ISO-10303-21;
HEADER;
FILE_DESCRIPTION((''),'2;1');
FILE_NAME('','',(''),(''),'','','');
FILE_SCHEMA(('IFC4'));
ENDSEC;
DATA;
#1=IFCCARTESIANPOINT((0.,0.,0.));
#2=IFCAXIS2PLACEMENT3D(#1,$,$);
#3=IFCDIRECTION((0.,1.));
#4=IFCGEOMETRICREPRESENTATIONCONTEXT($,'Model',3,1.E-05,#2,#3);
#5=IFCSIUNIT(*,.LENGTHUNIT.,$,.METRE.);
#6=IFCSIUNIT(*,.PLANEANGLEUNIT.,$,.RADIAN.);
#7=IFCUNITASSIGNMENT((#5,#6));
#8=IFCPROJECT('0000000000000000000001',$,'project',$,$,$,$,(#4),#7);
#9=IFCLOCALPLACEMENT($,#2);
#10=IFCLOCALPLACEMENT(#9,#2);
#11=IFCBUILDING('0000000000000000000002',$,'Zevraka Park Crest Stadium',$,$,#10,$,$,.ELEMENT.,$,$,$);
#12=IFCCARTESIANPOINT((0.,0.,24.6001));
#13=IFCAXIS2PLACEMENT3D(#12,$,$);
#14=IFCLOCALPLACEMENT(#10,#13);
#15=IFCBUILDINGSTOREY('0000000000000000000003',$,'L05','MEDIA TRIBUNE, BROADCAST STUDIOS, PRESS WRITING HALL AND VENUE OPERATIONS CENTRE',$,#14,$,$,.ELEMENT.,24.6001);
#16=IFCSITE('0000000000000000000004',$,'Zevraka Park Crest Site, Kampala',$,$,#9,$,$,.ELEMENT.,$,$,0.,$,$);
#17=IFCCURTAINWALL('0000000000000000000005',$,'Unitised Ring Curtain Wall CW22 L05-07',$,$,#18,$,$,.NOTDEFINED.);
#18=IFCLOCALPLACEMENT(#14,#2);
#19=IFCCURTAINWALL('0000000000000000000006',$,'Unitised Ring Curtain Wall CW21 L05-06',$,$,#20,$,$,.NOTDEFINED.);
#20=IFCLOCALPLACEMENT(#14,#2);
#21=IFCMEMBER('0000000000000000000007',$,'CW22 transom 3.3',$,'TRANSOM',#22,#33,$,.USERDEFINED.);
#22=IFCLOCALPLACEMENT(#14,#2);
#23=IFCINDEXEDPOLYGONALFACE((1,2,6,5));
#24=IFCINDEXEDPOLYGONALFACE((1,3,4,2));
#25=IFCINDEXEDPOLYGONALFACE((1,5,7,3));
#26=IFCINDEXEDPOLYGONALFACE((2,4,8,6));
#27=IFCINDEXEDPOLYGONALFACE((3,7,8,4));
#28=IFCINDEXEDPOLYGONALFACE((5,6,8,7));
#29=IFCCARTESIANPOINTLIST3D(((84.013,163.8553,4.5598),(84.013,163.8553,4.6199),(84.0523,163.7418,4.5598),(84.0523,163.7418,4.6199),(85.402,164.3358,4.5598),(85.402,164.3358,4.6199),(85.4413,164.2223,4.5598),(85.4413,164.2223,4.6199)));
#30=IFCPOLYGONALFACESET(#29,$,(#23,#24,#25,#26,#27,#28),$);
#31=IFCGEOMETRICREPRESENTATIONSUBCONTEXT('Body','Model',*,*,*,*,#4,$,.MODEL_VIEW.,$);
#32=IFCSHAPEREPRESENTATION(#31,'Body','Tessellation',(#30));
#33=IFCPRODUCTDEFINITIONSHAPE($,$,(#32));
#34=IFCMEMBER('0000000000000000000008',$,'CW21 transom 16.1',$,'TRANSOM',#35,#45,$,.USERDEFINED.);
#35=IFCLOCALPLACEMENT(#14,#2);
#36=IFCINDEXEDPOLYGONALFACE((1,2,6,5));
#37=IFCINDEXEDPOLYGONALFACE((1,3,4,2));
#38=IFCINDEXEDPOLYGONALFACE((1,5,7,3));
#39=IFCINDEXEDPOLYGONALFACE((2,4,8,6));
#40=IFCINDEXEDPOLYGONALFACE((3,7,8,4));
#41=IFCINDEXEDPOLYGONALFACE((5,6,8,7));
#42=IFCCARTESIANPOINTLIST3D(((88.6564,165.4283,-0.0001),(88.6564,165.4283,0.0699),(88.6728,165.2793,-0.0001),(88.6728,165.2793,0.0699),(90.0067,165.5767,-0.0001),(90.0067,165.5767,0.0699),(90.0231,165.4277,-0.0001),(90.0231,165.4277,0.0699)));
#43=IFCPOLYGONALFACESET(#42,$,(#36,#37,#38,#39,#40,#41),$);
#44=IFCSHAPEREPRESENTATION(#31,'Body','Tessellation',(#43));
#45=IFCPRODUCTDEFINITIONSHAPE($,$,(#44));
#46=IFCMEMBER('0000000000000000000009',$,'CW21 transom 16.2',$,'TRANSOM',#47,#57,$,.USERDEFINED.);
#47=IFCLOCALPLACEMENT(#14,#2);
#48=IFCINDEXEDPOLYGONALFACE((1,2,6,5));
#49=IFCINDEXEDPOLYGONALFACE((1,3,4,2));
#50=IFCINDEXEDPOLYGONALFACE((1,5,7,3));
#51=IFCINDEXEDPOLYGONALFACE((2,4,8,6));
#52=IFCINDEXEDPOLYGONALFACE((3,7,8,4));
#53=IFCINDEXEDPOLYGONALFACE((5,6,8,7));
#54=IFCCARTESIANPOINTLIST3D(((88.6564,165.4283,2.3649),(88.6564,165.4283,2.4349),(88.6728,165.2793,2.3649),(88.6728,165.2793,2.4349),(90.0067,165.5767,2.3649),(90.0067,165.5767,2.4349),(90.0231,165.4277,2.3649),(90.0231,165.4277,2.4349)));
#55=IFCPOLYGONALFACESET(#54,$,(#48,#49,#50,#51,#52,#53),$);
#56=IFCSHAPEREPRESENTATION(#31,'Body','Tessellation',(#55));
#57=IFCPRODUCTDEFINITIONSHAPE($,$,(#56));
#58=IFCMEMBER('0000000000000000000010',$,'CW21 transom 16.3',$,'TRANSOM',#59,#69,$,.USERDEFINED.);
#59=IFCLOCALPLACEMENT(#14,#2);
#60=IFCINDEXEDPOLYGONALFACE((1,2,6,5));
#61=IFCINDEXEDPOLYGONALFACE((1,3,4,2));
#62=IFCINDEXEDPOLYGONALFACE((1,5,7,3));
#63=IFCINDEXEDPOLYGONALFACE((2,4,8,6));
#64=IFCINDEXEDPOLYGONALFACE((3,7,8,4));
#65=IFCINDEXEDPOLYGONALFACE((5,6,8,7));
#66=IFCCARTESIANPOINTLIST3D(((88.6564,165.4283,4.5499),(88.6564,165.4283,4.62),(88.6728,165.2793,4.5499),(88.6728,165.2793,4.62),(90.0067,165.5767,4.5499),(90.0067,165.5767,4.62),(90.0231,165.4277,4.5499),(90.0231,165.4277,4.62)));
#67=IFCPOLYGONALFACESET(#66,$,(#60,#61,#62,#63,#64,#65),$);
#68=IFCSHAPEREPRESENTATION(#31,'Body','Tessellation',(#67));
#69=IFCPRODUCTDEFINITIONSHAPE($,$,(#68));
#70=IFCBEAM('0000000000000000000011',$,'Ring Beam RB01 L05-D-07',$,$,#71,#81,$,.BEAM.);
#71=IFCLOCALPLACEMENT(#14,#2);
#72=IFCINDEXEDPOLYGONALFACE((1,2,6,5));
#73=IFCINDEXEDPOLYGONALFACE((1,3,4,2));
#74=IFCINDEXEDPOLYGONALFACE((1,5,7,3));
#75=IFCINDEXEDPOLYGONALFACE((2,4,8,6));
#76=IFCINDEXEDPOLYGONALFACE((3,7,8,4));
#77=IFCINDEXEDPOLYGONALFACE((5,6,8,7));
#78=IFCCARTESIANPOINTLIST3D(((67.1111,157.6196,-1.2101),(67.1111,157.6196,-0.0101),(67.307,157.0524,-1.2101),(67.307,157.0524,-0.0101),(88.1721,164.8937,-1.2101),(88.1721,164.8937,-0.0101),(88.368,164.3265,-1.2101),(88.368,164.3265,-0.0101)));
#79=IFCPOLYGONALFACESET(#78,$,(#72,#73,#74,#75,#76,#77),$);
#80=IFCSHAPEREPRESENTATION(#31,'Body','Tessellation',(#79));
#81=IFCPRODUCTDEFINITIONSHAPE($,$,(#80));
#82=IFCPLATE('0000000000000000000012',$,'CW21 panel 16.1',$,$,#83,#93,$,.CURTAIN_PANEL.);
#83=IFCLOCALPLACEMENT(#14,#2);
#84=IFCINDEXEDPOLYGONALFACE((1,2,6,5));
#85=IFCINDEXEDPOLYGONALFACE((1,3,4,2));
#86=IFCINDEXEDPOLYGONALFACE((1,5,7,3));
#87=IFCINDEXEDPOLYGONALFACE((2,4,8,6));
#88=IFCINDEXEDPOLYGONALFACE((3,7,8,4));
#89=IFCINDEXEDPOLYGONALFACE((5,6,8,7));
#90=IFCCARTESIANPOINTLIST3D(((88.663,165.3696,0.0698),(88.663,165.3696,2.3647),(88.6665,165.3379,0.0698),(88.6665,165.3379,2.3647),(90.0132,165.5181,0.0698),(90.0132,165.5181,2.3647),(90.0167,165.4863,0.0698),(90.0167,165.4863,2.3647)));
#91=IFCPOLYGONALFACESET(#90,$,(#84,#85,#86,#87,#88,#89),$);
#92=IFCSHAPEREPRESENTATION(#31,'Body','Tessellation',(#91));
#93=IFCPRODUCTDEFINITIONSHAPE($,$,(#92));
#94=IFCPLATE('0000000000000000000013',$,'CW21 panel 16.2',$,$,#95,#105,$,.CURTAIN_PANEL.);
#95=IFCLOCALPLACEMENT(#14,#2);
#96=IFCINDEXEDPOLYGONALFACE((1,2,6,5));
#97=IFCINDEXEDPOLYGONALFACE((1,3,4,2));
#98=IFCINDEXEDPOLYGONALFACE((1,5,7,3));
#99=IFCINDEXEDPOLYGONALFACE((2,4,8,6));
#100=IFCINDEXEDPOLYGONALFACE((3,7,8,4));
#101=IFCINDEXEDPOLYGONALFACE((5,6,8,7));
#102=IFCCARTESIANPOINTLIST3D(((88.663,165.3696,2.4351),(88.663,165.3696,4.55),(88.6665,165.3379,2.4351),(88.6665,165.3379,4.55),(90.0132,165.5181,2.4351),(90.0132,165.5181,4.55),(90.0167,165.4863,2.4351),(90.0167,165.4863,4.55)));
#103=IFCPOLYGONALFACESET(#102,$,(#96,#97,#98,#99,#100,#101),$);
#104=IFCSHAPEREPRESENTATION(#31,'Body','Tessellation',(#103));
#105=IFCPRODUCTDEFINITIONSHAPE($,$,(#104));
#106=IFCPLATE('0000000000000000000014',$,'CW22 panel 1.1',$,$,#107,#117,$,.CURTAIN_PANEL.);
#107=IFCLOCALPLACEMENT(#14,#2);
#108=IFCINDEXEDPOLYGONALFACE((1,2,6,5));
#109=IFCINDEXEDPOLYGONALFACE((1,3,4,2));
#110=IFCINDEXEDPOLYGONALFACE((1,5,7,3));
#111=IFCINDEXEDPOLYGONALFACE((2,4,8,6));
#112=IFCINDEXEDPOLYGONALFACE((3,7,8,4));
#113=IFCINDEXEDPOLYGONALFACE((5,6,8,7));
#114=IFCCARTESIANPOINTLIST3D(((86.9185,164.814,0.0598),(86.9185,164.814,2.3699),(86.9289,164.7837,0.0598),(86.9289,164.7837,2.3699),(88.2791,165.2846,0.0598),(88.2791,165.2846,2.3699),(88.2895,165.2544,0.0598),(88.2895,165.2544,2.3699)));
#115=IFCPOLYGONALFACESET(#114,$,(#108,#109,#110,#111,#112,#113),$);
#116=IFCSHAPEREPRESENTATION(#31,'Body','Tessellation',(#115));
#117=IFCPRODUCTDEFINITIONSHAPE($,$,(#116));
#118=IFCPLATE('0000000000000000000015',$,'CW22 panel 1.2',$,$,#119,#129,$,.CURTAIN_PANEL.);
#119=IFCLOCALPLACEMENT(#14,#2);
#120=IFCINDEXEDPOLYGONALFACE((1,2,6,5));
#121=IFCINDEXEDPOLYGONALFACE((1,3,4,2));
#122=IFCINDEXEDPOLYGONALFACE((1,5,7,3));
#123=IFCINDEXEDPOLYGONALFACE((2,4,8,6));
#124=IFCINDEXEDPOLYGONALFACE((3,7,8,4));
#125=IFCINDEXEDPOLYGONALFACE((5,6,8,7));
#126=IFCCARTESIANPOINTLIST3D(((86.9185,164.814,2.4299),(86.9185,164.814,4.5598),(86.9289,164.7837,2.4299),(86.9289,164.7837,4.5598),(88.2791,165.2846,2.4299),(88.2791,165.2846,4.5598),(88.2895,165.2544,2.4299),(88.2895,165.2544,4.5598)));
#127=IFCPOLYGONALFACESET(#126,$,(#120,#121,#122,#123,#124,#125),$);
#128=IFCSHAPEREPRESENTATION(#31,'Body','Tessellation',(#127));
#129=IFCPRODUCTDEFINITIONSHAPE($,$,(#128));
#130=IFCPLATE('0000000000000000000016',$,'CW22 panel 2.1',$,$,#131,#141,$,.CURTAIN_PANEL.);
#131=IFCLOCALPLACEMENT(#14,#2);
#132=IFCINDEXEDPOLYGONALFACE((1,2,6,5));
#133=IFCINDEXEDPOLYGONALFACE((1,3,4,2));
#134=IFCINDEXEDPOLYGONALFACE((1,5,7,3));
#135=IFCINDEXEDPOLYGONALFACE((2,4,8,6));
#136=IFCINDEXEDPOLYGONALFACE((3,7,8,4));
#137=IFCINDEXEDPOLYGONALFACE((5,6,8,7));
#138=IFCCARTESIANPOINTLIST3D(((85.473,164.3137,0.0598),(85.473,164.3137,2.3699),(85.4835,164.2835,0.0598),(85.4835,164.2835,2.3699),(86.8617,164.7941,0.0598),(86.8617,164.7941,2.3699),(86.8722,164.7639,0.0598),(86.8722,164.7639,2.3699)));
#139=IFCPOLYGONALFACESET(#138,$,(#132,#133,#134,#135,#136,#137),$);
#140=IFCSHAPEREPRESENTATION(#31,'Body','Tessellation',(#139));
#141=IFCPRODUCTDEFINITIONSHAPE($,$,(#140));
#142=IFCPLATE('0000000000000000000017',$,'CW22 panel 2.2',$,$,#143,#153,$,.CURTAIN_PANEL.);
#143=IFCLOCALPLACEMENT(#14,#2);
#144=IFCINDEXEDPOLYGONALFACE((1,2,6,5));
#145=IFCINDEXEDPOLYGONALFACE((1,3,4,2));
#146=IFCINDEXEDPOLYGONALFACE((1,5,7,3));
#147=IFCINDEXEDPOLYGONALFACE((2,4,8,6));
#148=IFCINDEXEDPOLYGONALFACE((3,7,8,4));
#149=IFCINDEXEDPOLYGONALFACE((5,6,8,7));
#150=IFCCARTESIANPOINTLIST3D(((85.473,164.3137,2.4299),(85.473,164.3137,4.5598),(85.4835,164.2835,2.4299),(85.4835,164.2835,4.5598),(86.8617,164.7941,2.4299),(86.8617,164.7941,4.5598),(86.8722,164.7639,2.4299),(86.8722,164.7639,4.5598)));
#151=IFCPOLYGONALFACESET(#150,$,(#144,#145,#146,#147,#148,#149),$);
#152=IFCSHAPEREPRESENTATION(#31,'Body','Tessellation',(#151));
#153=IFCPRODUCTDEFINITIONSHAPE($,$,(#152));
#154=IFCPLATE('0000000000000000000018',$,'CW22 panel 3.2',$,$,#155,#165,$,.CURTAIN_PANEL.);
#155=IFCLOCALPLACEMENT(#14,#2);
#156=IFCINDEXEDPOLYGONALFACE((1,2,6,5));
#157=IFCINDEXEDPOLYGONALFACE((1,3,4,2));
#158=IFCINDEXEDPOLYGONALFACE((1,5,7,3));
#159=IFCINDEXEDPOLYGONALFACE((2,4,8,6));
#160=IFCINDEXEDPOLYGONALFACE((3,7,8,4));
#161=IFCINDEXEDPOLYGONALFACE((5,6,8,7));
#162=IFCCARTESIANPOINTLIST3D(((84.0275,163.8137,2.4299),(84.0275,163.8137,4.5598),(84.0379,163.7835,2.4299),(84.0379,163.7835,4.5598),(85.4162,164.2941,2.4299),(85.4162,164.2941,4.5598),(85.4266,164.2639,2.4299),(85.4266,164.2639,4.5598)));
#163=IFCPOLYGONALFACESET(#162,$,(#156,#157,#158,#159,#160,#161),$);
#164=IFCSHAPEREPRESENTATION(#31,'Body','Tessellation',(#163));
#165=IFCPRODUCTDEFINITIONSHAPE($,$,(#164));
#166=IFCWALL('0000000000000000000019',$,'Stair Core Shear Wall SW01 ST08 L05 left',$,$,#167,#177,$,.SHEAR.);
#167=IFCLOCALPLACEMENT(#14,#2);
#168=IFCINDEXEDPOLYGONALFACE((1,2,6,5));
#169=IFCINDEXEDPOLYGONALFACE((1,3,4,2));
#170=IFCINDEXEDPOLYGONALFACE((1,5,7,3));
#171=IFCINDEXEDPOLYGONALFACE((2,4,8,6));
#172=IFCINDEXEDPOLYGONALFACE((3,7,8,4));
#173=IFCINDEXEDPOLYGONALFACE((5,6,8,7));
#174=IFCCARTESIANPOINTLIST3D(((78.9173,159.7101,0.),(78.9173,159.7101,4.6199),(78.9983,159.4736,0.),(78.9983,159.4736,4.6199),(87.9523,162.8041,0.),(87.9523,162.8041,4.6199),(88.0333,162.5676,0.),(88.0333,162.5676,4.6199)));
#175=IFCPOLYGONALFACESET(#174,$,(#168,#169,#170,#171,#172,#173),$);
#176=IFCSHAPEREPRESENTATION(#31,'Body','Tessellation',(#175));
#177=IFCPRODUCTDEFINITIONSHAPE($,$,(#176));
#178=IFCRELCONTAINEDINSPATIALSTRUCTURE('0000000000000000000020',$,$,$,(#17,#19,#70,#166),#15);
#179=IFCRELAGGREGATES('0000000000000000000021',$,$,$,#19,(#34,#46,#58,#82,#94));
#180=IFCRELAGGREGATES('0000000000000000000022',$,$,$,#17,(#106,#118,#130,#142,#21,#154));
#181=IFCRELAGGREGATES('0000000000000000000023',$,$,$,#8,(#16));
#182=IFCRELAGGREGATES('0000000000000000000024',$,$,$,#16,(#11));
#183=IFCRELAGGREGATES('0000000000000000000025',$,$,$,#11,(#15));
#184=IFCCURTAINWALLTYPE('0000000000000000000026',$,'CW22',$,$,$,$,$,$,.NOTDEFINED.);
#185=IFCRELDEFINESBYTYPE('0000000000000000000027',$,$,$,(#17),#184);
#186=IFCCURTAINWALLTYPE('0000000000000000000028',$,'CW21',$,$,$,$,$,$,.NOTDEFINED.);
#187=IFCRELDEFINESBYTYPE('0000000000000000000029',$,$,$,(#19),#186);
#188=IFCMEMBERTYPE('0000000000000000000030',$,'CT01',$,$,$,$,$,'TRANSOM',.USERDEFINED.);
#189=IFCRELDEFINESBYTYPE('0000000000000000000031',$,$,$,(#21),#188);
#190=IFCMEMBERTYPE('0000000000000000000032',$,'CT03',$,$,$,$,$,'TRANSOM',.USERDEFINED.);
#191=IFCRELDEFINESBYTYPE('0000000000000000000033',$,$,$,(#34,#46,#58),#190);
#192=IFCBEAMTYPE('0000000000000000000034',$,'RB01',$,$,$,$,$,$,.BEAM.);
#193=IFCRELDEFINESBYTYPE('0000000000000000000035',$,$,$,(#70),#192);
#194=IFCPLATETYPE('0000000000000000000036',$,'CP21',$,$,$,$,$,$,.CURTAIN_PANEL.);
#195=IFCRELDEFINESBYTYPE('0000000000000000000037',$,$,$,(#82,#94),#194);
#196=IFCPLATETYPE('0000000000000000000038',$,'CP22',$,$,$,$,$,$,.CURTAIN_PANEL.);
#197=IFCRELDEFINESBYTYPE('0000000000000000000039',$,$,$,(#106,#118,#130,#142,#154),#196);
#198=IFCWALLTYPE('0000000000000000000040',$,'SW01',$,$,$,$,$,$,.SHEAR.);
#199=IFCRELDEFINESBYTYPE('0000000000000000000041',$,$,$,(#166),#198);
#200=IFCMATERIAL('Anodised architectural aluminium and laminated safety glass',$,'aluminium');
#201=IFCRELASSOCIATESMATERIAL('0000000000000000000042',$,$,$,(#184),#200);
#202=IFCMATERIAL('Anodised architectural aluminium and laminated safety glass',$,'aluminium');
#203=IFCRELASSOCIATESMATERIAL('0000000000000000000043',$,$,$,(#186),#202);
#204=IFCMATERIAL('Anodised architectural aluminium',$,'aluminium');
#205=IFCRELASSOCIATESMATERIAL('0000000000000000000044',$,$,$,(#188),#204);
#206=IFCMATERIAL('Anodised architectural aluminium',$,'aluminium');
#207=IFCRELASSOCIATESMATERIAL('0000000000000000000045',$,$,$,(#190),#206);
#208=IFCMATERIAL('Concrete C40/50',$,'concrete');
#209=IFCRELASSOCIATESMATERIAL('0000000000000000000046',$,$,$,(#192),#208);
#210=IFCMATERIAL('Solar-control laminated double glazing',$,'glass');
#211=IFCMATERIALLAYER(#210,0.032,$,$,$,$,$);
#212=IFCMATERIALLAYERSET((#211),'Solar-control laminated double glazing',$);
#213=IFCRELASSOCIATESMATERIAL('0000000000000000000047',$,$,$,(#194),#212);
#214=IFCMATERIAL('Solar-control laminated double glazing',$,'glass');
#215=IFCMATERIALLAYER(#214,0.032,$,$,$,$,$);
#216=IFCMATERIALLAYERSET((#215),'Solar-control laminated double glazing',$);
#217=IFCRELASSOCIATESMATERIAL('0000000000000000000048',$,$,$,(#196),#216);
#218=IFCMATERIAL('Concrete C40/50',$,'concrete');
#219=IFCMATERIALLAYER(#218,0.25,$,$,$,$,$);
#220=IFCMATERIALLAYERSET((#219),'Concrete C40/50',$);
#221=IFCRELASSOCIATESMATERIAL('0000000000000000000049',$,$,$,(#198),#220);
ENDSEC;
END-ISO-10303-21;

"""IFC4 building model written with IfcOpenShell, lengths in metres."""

from ifc_helpers import new_model, si_unit, direction, frame, frame_2d, origin, origin_2d, place, context, subcontext, project, spatial, rectangle, extrude, material, layer, layer_set, material_profile, profile_set, type_object, element, aggregate, save


model = new_model("IFC4")

# Units and contexts
model_context = context("Model", 3, precision=1e-05, world=origin(), true_north=direction((0.0, 1.0)))
body_context = subcontext(model_context, "Body", "Model", "MODEL_VIEW")
ifc_project = project(units=[si_unit("LENGTHUNIT", "METRE"), si_unit("PLANEANGLEUNIT", "RADIAN")], contexts=[model_context])

# Site, building, storey
site_placement = place(None, origin())
site = spatial("IfcSite", under=ifc_project, at=site_placement, Name="Zevraka Park Crest Site, Kampala", CompositionType="ELEMENT", RefElevation=0.0)
building_placement = place(site_placement, origin())
building = spatial("IfcBuilding", under=site, at=building_placement, Name="Zevraka Park Crest Stadium", CompositionType="ELEMENT")
storey_placement = place(building_placement, frame((0.0, 0.0, 24.6001)))
storey = spatial("IfcBuildingStorey", under=building, at=storey_placement, Name="L05", Description="MEDIA TRIBUNE, BROADCAST STUDIOS, PRESS WRITING HALL AND VENUE OPERATIONS CENTRE", CompositionType="ELEMENT", Elevation=24.6001)

# Curtain walls
ifc_material_1 = material(Name="Anodised architectural aluminium and laminated safety glass", Category="aluminium")
curtain_wall_type_1 = type_object("IfcCurtainWallType", Name="CW22", PredefinedType="NOTDEFINED", material=ifc_material_1)
curtain_wall_1_placement = place(storey_placement, origin())
curtain_wall_1 = element("IfcCurtainWall", 1, at=curtain_wall_1_placement, inside=storey, type_object=curtain_wall_type_1, Name="Unitised Ring Curtain Wall CW22 L05-07", PredefinedType="NOTDEFINED")
ifc_material_2 = material(Name="Anodised architectural aluminium and laminated safety glass", Category="aluminium")
curtain_wall_type_2 = type_object("IfcCurtainWallType", Name="CW21", PredefinedType="NOTDEFINED", material=ifc_material_2)
curtain_wall_2_placement = place(storey_placement, origin())
curtain_wall_2 = element("IfcCurtainWall", 2, at=curtain_wall_2_placement, inside=storey, type_object=curtain_wall_type_2, Name="Unitised Ring Curtain Wall CW21 L05-06", PredefinedType="NOTDEFINED")

# Members
ifc_material_3 = material(Name="Anodised architectural aluminium", Category="aluminium")
ifc_material_profile_1 = material_profile(ifc_material_3, rectangle(XDim=0.1201, YDim=0.0601, at=origin_2d()), Name="ALU TRANSOM 120x60")
ifc_profile_set_1 = profile_set([ifc_material_profile_1], Name="Anodised architectural aluminium")
member_type_1 = type_object("IfcMemberType", Name="CT01", ElementType="TRANSOM", PredefinedType="USERDEFINED", material=ifc_profile_set_1)
member_1_placement = place(storey_placement, frame((85.4216, 164.2791, 4.5898), z_axis=(-0.945051, -0.326922, 0.0), x_axis=(0.326922, -0.945051, 0.0)))
member_1 = element("IfcMember", 3, at=member_1_placement, type_object=member_type_1, Name="CW22 transom 3.3", ObjectType="TRANSOM", PredefinedType="USERDEFINED", context=body_context, shape_type="SweptSolid", body=[
    extrude(rectangle(XDim=0.1201, YDim=0.0601, at=origin_2d()), origin(), (0.0, 0.0, 1.0), 1.4697),
])
ifc_material_4 = material(Name="Anodised architectural aluminium", Category="aluminium")
ifc_material_profile_2 = material_profile(ifc_material_4, rectangle(XDim=0.1499, YDim=0.0701, at=origin_2d()), Name="ALU TRANSOM 150x70")
ifc_profile_set_2 = profile_set([ifc_material_profile_2], Name="Anodised architectural aluminium")
member_type_2 = type_object("IfcMemberType", Name="CT03", ElementType="TRANSOM", PredefinedType="USERDEFINED", material=ifc_profile_set_2)
member_2_placement = place(storey_placement, frame((90.0149, 165.5022, 0.0349), z_axis=(-0.994012, -0.109268, 0.0), x_axis=(0.109268, -0.994012, 0.0)))
member_2 = element("IfcMember", 4, at=member_2_placement, type_object=member_type_2, Name="CW21 transom 16.1", ObjectType="TRANSOM", PredefinedType="USERDEFINED", context=body_context, shape_type="SweptSolid", body=[
    extrude(rectangle(XDim=0.1499, YDim=0.0701, at=origin_2d()), origin(), (0.0, 0.0, 1.0), 1.3584),
])
member_3_placement = place(storey_placement, frame((90.0149, 165.5022, 2.3999), z_axis=(-0.994012, -0.109268, 0.0), x_axis=(0.109268, -0.994012, 0.0)))
member_3 = element("IfcMember", 5, at=member_3_placement, type_object=member_type_2, Name="CW21 transom 16.2", ObjectType="TRANSOM", PredefinedType="USERDEFINED", context=body_context, shape_type="SweptSolid", body=[
    extrude(rectangle(XDim=0.1499, YDim=0.0701, at=origin_2d()), origin(), (0.0, 0.0, 1.0), 1.3584),
])
member_4_placement = place(storey_placement, frame((90.0149, 165.5022, 4.585), z_axis=(-0.994012, -0.109268, 0.0), x_axis=(0.109268, -0.994012, 0.0)))
member_4 = element("IfcMember", 6, at=member_4_placement, type_object=member_type_2, Name="CW21 transom 16.3", ObjectType="TRANSOM", PredefinedType="USERDEFINED", context=body_context, shape_type="SweptSolid", body=[
    extrude(rectangle(XDim=0.1499, YDim=0.0701, at=origin_2d()), origin(), (0.0, 0.0, 1.0), 1.3584),
])

# Beam
ifc_material_5 = material(Name="Concrete C40/50", Category="concrete")
ifc_material_profile_3 = material_profile(ifc_material_5, rectangle(XDim=0.6001, YDim=1.2, at=origin_2d()), Name="RC 1200x600")
ifc_profile_set_3 = profile_set([ifc_material_profile_3], Name="Concrete C40/50")
beam_type = type_object("IfcBeamType", Name="RB01", PredefinedType="BEAM", material=ifc_profile_set_3)
beam_placement = place(storey_placement, frame((88.27, 164.6101, -0.6101), z_axis=(-0.94521, -0.326462, 0.0), x_axis=(0.326462, -0.94521, 0.0)))
element("IfcBeam", 7, at=beam_placement, inside=storey, type_object=beam_type, Name="Ring Beam RB01 L05-D-07", PredefinedType="BEAM", context=body_context, shape_type="SweptSolid", body=[
    extrude(rectangle(XDim=0.6001, YDim=1.2, at=origin_2d()), origin(), (0.0, 0.0, 1.0), 22.2817),
])

# Plates
ifc_material_6 = material(Name="Solar-control laminated double glazing", Category="glass")
ifc_layer_1 = layer(ifc_material_6, 0.032)
ifc_layer_set_1 = layer_set([ifc_layer_1], Name="Solar-control laminated double glazing")
plate_type_1 = type_object("IfcPlateType", Name="CP21", PredefinedType="CURTAIN_PANEL", material=ifc_layer_set_1)
plate_1_placement = place(storey_placement, frame((89.3398, 165.428, 0.0698), z_axis=(0.0, 0.0, 1.0), x_axis=(-0.99401, -0.109288, 0.0)))
plate_1 = element("IfcPlate", 8, at=plate_1_placement, type_object=plate_type_1, Name="CW21 panel 16.1", PredefinedType="CURTAIN_PANEL", context=body_context, shape_type="SweptSolid", body=[
    extrude(rectangle(XDim=1.3584, YDim=0.032, at=origin_2d()), origin(), (0.0, 0.0, 1.0), 2.2949),
])
plate_2_placement = place(storey_placement, frame((89.3398, 165.428, 2.4351), z_axis=(0.0, 0.0, 1.0), x_axis=(-0.99401, -0.109288, 0.0)))
plate_2 = element("IfcPlate", 9, at=plate_2_placement, type_object=plate_type_1, Name="CW21 panel 16.2", PredefinedType="CURTAIN_PANEL", context=body_context, shape_type="SweptSolid", body=[
    extrude(rectangle(XDim=1.3584, YDim=0.032, at=origin_2d()), origin(), (0.0, 0.0, 1.0), 2.115),
])
aggregate(curtain_wall_2, [member_2, member_3, member_4, plate_1, plate_2])
ifc_material_7 = material(Name="Solar-control laminated double glazing", Category="glass")
ifc_layer_2 = layer(ifc_material_7, 0.032)
ifc_layer_set_2 = layer_set([ifc_layer_2], Name="Solar-control laminated double glazing")
plate_type_2 = type_object("IfcPlateType", Name="CP22", PredefinedType="CURTAIN_PANEL", material=ifc_layer_set_2)
plate_3_placement = place(storey_placement, frame((87.604, 165.0342, 0.0598), z_axis=(0.0, 0.0, 1.0), x_axis=(-0.945049, -0.326929, 0.0)))
plate_3 = element("IfcPlate", 10, at=plate_3_placement, type_object=plate_type_2, Name="CW22 panel 1.1", PredefinedType="CURTAIN_PANEL", context=body_context, shape_type="SweptSolid", body=[
    extrude(rectangle(XDim=1.4397, YDim=0.032, at=origin_2d()), origin(), (0.0, 0.0, 1.0), 2.3101),
])
plate_4_placement = place(storey_placement, frame((87.604, 165.0342, 2.4299), z_axis=(0.0, 0.0, 1.0), x_axis=(-0.945049, -0.326929, 0.0)))
plate_4 = element("IfcPlate", 11, at=plate_4_placement, type_object=plate_type_2, Name="CW22 panel 1.2", PredefinedType="CURTAIN_PANEL", context=body_context, shape_type="SweptSolid", body=[
    extrude(rectangle(XDim=1.4397, YDim=0.032, at=origin_2d()), origin(), (0.0, 0.0, 1.0), 2.1299),
])
plate_5_placement = place(storey_placement, frame((86.1726, 164.5388, 0.0598), z_axis=(0.0, 0.0, 1.0), x_axis=(-0.945049, -0.326929, 0.0)))
plate_5 = element("IfcPlate", 12, at=plate_5_placement, type_object=plate_type_2, Name="CW22 panel 2.1", PredefinedType="CURTAIN_PANEL", context=body_context, shape_type="SweptSolid", body=[
    extrude(rectangle(XDim=1.4695, YDim=0.032, at=origin_2d()), origin(), (0.0, 0.0, 1.0), 2.3101),
])
plate_6_placement = place(storey_placement, frame((86.1726, 164.5388, 2.4299), z_axis=(0.0, 0.0, 1.0), x_axis=(-0.945049, -0.326929, 0.0)))
plate_6 = element("IfcPlate", 13, at=plate_6_placement, type_object=plate_type_2, Name="CW22 panel 2.2", PredefinedType="CURTAIN_PANEL", context=body_context, shape_type="SweptSolid", body=[
    extrude(rectangle(XDim=1.4695, YDim=0.032, at=origin_2d()), origin(), (0.0, 0.0, 1.0), 2.1299),
])
plate_7_placement = place(storey_placement, frame((84.7271, 164.0388, 2.4299), z_axis=(0.0, 0.0, 1.0), x_axis=(-0.945049, -0.326929, 0.0)))
plate_7 = element("IfcPlate", 14, at=plate_7_placement, type_object=plate_type_2, Name="CW22 panel 3.2", PredefinedType="CURTAIN_PANEL", context=body_context, shape_type="SweptSolid", body=[
    extrude(rectangle(XDim=1.4695, YDim=0.032, at=origin_2d()), origin(), (0.0, 0.0, 1.0), 2.1299),
])
aggregate(curtain_wall_1, [plate_3, plate_4, plate_5, plate_6, member_1, plate_7])

# Wall
ifc_material_8 = material(Name="Concrete C40/50", Category="concrete")
ifc_layer_3 = layer(ifc_material_8, 0.25)
ifc_layer_set_3 = layer_set([ifc_layer_3], Name="Concrete C40/50")
wall_type = type_object("IfcWallType", Name="SW01", PredefinedType="SHEAR", material=ifc_layer_set_3)
wall_placement = place(storey_placement, frame((87.9927, 162.6858, 0.0), z_axis=(0.0, 0.0, 1.0), x_axis=(-0.946064, -0.323979, 0.0)))
element("IfcWall", 15, at=wall_placement, inside=storey, type_object=wall_type, Name="Stair Core Shear Wall SW01 ST08 L05 left", PredefinedType="SHEAR", context=body_context, shape_type="SweptSolid", body=[
    extrude(rectangle(XDim=9.55, YDim=0.25, at=frame_2d((4.7749, 0.0))), origin(), (0.0, 0.0, 1.0), 4.6199),
])

save(model, "model.ifc")
